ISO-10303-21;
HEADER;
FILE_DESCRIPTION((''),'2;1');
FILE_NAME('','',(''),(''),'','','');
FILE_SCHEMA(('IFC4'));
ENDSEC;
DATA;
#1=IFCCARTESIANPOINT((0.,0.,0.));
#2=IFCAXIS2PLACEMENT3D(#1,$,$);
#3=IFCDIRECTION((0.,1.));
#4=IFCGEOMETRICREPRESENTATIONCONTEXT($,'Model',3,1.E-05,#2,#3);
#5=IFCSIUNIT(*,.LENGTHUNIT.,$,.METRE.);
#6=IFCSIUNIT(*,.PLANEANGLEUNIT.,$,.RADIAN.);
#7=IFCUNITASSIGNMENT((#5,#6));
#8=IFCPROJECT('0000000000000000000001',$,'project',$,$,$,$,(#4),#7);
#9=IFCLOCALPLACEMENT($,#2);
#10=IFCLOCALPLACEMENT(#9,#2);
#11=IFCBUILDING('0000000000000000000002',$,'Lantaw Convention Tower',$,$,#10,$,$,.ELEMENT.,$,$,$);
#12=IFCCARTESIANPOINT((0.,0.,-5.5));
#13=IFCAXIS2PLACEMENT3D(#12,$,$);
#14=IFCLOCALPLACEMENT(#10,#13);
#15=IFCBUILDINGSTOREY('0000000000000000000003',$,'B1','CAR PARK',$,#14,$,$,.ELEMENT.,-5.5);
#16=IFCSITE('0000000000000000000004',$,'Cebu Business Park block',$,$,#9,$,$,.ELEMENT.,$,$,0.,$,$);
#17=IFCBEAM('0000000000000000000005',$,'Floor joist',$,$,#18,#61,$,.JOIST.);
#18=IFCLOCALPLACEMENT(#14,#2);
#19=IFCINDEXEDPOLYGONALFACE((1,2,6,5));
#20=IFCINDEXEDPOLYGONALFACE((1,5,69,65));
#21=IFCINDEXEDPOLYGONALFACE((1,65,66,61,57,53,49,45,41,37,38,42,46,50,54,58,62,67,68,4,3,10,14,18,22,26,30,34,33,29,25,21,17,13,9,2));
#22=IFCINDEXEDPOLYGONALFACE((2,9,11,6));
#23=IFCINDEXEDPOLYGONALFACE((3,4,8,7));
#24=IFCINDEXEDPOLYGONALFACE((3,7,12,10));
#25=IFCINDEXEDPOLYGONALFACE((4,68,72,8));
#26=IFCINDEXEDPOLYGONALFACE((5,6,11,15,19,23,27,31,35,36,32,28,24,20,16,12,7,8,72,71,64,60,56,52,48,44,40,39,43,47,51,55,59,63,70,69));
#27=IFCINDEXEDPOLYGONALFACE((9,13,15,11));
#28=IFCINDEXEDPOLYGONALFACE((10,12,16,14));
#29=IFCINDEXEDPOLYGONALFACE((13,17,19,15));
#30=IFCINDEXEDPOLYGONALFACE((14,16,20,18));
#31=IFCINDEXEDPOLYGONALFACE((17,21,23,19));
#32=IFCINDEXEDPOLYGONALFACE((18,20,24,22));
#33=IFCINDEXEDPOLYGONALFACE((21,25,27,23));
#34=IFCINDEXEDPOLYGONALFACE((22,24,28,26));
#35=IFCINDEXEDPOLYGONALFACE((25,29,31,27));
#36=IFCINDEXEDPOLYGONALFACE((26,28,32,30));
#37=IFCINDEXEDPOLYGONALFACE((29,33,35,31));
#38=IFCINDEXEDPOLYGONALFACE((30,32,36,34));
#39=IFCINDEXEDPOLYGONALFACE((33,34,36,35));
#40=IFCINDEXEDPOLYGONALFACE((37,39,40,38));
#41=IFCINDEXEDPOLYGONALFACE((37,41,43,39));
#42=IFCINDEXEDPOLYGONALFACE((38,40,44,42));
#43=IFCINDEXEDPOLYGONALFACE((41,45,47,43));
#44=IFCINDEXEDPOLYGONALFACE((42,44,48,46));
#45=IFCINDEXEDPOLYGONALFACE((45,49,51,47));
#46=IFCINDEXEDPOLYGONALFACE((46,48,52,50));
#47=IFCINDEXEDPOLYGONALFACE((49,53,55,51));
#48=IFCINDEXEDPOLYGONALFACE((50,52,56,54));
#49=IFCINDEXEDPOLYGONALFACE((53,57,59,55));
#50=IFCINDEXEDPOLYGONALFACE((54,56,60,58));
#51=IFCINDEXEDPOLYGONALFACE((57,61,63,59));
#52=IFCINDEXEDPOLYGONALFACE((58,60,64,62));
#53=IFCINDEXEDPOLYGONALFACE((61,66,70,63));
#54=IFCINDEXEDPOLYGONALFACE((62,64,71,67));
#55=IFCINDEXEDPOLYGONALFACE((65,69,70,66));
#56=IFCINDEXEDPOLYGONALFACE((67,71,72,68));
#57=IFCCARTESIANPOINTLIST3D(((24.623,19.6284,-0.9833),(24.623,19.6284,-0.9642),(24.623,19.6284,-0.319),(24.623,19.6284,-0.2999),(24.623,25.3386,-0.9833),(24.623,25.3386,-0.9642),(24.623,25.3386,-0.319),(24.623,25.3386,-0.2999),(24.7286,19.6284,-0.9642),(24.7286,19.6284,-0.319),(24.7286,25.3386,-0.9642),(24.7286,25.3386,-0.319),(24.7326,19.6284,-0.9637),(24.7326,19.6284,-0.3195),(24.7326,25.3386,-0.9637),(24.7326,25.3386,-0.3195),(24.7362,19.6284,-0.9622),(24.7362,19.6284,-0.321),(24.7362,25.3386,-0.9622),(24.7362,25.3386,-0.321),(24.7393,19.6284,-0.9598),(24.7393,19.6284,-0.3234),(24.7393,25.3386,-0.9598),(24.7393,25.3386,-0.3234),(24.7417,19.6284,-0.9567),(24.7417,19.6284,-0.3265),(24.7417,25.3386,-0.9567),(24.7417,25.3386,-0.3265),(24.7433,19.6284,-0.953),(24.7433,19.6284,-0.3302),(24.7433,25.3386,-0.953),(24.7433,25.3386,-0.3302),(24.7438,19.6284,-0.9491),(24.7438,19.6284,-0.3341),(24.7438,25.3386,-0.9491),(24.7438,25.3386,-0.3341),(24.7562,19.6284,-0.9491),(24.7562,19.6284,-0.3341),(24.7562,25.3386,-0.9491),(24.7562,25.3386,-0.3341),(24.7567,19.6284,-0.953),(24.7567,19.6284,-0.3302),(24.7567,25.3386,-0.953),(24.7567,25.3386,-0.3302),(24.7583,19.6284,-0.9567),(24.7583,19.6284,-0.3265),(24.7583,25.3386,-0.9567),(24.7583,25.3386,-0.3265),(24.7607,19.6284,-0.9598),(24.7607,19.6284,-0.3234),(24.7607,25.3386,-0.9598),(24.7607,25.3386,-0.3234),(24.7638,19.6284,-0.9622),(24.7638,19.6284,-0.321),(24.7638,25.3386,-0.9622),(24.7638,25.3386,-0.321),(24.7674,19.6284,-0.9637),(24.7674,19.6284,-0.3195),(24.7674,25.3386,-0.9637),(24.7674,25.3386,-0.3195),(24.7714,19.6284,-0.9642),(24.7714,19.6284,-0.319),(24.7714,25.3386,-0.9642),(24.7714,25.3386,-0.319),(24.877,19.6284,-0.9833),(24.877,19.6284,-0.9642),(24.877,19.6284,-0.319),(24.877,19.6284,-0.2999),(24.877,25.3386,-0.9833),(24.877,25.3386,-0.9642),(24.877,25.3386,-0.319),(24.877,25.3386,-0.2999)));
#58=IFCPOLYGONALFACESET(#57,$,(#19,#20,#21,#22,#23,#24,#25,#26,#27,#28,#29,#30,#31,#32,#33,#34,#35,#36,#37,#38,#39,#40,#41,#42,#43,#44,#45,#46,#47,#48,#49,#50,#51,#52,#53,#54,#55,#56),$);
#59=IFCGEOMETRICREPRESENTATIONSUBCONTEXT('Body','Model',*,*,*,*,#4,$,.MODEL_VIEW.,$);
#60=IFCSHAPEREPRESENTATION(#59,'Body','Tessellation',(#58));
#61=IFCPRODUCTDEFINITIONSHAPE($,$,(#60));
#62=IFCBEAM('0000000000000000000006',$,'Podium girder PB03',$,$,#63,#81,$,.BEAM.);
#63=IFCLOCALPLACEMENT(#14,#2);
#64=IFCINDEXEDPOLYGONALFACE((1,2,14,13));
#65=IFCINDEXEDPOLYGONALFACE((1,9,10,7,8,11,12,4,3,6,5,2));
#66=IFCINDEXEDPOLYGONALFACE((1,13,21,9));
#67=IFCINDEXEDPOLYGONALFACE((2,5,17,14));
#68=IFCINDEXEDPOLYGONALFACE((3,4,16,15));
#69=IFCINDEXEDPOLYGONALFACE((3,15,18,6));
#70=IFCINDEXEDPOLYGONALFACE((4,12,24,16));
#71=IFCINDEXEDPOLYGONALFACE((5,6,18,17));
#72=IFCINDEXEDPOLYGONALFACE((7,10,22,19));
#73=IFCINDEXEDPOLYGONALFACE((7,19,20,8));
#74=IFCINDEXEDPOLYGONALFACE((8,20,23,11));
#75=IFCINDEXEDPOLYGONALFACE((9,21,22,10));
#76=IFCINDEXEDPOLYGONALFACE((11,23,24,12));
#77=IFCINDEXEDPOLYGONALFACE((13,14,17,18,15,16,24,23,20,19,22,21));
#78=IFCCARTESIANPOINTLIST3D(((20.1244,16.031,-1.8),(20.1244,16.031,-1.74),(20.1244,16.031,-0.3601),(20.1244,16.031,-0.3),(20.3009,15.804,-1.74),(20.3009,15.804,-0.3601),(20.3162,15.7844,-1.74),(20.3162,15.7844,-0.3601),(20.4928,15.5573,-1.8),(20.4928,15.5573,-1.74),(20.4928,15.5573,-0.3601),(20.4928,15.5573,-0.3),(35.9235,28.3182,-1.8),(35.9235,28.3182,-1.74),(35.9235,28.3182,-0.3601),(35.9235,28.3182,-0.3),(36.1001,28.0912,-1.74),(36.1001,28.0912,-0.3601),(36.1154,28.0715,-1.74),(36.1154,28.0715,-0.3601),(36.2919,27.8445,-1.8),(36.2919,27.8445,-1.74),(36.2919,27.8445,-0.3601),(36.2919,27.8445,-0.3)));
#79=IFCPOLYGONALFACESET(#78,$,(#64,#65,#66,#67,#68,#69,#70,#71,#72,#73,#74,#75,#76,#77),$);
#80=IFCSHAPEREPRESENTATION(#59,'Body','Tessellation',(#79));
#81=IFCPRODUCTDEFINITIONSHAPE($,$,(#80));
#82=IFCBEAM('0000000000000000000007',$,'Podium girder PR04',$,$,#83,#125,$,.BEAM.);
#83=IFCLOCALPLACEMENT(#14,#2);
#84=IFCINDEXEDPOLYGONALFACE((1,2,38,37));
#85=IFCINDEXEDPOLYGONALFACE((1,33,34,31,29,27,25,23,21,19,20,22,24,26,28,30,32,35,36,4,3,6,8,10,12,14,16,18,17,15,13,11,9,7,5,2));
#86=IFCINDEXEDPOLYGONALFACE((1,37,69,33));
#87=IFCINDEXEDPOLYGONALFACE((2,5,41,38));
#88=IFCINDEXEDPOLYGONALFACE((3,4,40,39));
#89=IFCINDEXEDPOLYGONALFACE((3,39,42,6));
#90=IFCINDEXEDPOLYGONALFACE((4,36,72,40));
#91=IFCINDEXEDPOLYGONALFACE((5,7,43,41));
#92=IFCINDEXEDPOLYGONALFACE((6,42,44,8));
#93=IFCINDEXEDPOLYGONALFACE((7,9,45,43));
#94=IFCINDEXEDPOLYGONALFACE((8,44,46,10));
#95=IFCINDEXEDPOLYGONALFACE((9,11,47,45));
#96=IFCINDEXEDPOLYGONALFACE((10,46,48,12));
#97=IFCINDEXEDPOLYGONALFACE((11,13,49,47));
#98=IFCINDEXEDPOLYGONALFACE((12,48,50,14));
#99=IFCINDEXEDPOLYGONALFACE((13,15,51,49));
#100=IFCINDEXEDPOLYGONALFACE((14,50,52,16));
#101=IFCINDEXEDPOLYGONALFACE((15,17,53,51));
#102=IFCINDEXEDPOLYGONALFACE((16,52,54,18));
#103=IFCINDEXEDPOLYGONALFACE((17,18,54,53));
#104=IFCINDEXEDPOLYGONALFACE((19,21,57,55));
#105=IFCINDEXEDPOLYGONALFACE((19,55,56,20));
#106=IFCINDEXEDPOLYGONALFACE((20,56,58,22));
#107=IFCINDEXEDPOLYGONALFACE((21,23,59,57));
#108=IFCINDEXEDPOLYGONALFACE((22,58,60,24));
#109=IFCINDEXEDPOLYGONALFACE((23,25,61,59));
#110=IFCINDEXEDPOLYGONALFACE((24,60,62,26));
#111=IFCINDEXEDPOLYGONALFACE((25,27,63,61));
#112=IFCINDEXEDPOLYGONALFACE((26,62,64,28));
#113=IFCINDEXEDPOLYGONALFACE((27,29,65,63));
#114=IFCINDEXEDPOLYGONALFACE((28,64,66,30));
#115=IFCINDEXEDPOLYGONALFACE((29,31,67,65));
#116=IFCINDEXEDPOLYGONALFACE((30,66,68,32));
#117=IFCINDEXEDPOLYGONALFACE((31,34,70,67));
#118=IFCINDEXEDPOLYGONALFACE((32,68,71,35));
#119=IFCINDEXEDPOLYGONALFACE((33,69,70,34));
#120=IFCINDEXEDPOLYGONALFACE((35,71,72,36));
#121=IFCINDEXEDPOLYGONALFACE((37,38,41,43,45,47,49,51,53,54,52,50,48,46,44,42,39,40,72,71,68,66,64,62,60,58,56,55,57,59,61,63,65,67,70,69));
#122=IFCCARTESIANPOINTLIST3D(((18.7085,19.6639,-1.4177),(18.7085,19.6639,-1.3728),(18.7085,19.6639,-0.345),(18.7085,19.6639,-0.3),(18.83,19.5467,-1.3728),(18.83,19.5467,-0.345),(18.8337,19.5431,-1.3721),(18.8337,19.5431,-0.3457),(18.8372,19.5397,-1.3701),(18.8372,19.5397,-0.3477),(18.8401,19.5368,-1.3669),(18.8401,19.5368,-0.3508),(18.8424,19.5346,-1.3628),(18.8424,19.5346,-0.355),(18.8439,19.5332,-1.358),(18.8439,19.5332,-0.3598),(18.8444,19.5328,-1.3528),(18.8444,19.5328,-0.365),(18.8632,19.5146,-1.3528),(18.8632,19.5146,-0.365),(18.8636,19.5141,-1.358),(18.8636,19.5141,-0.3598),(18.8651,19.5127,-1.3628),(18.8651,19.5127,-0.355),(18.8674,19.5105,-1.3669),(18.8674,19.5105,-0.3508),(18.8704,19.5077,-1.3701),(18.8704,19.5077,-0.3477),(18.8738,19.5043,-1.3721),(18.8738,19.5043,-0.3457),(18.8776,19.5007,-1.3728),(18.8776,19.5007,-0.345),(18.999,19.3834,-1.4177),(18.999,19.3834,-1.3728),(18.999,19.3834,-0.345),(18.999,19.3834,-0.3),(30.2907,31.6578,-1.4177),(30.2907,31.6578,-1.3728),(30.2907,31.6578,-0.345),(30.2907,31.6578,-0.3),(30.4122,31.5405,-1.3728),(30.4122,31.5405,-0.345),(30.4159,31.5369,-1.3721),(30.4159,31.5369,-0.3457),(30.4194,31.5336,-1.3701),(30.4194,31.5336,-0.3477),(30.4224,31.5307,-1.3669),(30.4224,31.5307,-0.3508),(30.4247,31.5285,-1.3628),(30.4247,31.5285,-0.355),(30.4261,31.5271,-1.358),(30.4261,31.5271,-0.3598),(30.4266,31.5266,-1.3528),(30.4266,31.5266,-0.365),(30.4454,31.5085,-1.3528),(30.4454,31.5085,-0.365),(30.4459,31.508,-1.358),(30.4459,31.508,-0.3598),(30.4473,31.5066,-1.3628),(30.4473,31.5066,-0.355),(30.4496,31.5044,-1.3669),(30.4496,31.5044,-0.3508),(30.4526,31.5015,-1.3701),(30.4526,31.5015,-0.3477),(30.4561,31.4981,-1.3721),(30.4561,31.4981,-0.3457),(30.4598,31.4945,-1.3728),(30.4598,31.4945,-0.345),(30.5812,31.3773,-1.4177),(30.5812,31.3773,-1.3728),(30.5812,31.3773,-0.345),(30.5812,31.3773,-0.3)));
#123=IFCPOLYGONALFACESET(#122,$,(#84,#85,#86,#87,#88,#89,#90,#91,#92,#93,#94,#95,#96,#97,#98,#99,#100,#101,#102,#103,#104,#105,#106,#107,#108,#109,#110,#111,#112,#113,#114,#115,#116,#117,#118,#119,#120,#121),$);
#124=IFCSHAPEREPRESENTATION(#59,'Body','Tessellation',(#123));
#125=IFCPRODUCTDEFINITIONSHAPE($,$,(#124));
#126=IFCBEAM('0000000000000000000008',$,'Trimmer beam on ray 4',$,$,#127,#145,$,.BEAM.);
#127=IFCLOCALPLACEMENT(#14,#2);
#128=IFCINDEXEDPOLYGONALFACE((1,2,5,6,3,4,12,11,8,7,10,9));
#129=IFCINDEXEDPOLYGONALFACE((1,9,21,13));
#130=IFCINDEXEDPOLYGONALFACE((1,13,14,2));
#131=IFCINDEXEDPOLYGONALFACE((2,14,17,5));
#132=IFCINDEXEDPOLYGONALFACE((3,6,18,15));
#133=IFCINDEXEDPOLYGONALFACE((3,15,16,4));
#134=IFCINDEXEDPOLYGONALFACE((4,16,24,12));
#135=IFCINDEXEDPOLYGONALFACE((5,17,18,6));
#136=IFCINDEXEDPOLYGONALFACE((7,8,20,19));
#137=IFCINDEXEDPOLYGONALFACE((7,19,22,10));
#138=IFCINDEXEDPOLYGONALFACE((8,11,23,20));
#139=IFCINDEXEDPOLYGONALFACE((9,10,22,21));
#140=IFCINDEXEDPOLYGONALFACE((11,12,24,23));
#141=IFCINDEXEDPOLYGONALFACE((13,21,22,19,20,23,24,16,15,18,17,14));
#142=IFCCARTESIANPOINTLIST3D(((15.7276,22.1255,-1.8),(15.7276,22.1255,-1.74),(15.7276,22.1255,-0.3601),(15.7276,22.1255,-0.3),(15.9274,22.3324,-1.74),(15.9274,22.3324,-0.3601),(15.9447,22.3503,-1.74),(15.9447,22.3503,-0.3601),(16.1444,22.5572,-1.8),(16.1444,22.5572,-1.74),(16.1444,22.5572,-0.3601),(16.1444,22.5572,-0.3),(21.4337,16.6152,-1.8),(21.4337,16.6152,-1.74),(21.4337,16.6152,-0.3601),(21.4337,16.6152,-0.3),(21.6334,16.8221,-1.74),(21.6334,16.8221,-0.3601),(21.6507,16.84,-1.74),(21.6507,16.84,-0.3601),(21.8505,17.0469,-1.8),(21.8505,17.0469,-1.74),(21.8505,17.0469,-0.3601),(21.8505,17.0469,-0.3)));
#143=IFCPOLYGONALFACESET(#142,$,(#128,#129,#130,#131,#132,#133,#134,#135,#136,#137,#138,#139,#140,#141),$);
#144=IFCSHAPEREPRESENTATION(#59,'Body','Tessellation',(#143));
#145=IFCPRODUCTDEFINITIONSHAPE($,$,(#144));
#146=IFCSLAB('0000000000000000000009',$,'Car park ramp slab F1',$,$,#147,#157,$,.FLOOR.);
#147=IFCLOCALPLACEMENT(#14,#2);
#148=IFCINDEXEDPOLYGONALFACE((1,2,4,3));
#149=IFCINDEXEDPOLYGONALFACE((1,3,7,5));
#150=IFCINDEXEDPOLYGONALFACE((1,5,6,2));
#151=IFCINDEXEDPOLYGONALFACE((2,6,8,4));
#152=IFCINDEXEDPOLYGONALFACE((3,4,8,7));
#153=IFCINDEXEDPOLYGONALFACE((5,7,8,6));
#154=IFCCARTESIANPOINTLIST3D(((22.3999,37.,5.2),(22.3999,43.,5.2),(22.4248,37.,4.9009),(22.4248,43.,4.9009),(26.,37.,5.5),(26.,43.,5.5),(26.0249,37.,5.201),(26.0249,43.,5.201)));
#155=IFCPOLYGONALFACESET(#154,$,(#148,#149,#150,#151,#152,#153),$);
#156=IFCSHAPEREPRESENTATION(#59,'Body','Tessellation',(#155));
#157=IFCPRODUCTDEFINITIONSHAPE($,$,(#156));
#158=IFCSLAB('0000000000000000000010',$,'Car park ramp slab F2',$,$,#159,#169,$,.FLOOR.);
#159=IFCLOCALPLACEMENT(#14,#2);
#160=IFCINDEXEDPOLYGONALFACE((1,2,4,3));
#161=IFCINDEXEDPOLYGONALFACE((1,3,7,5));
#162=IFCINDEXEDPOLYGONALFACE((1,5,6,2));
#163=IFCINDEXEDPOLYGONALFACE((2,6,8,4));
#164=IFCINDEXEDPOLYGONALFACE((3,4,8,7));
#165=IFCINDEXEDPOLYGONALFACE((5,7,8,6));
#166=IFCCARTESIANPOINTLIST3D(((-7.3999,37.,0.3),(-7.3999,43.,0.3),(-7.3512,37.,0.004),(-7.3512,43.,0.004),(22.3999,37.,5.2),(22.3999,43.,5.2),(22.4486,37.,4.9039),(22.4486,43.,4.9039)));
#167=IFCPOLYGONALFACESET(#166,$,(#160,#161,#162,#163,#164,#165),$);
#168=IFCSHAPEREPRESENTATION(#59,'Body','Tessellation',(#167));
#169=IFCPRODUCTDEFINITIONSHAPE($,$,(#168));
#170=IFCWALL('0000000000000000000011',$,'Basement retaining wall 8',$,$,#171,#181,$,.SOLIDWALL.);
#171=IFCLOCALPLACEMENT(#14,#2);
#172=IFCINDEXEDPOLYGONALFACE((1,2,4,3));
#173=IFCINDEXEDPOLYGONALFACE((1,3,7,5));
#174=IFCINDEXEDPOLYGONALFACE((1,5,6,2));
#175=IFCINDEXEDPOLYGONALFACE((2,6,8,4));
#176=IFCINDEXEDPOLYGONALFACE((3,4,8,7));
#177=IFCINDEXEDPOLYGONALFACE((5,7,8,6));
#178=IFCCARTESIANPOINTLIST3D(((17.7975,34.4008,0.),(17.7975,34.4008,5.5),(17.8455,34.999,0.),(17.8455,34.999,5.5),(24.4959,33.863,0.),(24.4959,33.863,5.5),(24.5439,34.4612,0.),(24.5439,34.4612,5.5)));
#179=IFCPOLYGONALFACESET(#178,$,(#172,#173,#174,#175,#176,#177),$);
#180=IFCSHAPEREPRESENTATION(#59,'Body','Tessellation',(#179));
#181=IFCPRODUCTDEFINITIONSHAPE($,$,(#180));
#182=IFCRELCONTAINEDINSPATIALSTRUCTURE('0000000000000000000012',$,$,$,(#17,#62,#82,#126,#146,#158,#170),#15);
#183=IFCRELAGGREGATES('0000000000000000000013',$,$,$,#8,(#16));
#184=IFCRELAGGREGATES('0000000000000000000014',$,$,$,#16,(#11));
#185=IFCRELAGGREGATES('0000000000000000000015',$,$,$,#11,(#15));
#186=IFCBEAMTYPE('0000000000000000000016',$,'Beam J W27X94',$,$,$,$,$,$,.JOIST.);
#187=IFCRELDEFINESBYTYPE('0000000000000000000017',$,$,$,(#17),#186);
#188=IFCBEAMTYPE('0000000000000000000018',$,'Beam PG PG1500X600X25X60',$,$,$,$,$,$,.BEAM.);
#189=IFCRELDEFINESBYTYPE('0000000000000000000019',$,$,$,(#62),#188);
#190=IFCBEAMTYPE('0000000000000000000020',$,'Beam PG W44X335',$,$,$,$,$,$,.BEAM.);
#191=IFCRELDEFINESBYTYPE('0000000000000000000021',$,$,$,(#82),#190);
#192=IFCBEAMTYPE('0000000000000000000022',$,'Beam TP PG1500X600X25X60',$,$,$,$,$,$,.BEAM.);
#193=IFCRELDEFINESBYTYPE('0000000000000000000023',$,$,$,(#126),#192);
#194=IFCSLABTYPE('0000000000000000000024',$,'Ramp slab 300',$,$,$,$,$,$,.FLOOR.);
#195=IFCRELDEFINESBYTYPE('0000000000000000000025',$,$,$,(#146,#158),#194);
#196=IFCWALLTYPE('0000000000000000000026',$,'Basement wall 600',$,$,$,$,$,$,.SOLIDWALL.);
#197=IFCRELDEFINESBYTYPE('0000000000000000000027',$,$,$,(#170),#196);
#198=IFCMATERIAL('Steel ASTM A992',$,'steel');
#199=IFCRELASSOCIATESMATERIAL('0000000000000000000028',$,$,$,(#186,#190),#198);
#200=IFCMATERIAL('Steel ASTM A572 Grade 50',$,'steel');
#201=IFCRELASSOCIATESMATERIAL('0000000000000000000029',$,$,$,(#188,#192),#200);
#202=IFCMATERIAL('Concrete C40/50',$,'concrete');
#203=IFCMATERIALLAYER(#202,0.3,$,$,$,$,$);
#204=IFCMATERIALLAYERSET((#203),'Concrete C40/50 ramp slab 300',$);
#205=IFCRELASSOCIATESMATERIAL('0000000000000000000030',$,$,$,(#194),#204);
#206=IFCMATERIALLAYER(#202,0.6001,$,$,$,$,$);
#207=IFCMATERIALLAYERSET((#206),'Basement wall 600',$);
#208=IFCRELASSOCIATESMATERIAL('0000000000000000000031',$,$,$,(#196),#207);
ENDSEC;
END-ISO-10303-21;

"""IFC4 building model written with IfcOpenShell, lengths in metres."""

from ifc_helpers import new_model, si_unit, direction, frame, frame_2d, origin, origin_2d, place, context, subcontext, project, spatial, polyline, rectangle, i_section, outline, extrude, material, layer, layer_set, material_profile, profile_set, type_object, element, save


model = new_model("IFC4")

# Units and contexts
model_context = context("Model", 3, precision=1e-05, world=origin(), true_north=direction((0.0, 1.0)))
body_context = subcontext(model_context, "Body", "Model", "MODEL_VIEW")
ifc_project = project(units=[si_unit("LENGTHUNIT", "METRE"), si_unit("PLANEANGLEUNIT", "RADIAN")], contexts=[model_context])

# Site, building, storey
site_placement = place(None, origin())
site = spatial("IfcSite", under=ifc_project, at=site_placement, Name="Cebu Business Park block", CompositionType="ELEMENT", RefElevation=0.0)
building_placement = place(site_placement, origin())
building = spatial("IfcBuilding", under=site, at=building_placement, Name="Lantaw Convention Tower", CompositionType="ELEMENT")
storey_placement = place(building_placement, frame((0.0, 0.0, -5.5)))
storey = spatial("IfcBuildingStorey", under=building, at=storey_placement, Name="B1", Description="CAR PARK", CompositionType="ELEMENT", Elevation=-5.5)

# Shared definitions
ifc_material_1 = material(Name="Steel ASTM A572 Grade 50", Category="steel")

# Beams
ifc_material_2 = material(Name="Steel ASTM A992", Category="steel")
ifc_material_profile_1 = material_profile(ifc_material_2, i_section(OverallWidth=0.2539, OverallDepth=0.6833, WebThickness=0.0125, FlangeThickness=0.019, FilletRadius=0.0151, at=origin_2d()), Name="W27X94")
ifc_profile_set_1 = profile_set([ifc_material_profile_1], Name="Steel ASTM A992")
beam_type_1 = type_object("IfcBeamType", Name="Beam J W27X94", PredefinedType="JOIST", material=ifc_profile_set_1)
beam_1_placement = place(storey_placement, frame((24.75, 19.6284, -0.6416), z_axis=(0.0, 1.0, 0.0), x_axis=(-1.0, 0.0, 0.0)))
element("IfcBeam", 1, at=beam_1_placement, inside=storey, type_object=beam_type_1, Name="Floor joist", PredefinedType="JOIST", context=body_context, shape_type="SweptSolid", body=[
    extrude(i_section(OverallWidth=0.2539, OverallDepth=0.6833, WebThickness=0.0125, FlangeThickness=0.019, FilletRadius=0.0151, at=origin_2d()), origin(), (0.0, 0.0, 1.0), 5.7102),
])
ifc_material_profile_2 = material_profile(ifc_material_1, i_section(OverallWidth=0.6001, OverallDepth=1.5, WebThickness=0.0249, FlangeThickness=0.0601, at=origin_2d()), Name="PG1500X600X25X60")
ifc_profile_set_2 = profile_set([ifc_material_profile_2], Name="Steel ASTM A572 Grade 50")
beam_type_2 = type_object("IfcBeamType", Name="Beam PG PG1500X600X25X60", PredefinedType="BEAM", material=ifc_profile_set_2)
beam_2_placement = place(storey_placement, frame((20.3086, 15.7942, -1.05), z_axis=(0.789378, 0.613908, 0.0), x_axis=(-0.613908, 0.789378, 0.0)))
element("IfcBeam", 2, at=beam_2_placement, inside=storey, type_object=beam_type_2, Name="Podium girder PB03", PredefinedType="BEAM", context=body_context, shape_type="SweptSolid", body=[
    extrude(i_section(OverallWidth=0.6001, OverallDepth=1.5, WebThickness=0.0249, FlangeThickness=0.0601, at=origin_2d()), origin(), (0.0, 0.0, 1.0), 20.0146),
])
ifc_material_profile_3 = material_profile(ifc_material_2, i_section(OverallWidth=0.4038, OverallDepth=1.1177, WebThickness=0.0261, FlangeThickness=0.0449, FilletRadius=0.02, at=origin_2d()), Name="W44X335")
ifc_profile_set_3 = profile_set([ifc_material_profile_3], Name="Steel ASTM A992")
beam_type_3 = type_object("IfcBeamType", Name="Beam PG W44X335", PredefinedType="BEAM", material=ifc_profile_set_3)
beam_3_placement = place(storey_placement, frame((18.8538, 19.5237, -0.8589), z_axis=(0.694655, 0.719343, 0.0), x_axis=(-0.719343, 0.694655, 0.0)))
element("IfcBeam", 3, at=beam_3_placement, inside=storey, type_object=beam_type_3, Name="Podium girder PR04", PredefinedType="BEAM", context=body_context, shape_type="SweptSolid", body=[
    extrude(i_section(OverallWidth=0.4038, OverallDepth=1.1177, WebThickness=0.0261, FlangeThickness=0.0449, FilletRadius=0.02, at=origin_2d()), origin(), (0.0, 0.0, 1.0), 16.6733),
])
ifc_material_profile_4 = material_profile(ifc_material_1, i_section(OverallWidth=0.6001, OverallDepth=1.5, WebThickness=0.0249, FlangeThickness=0.0601, at=origin_2d()), Name="PG1500X600X25X60")
ifc_profile_set_4 = profile_set([ifc_material_profile_4], Name="Steel ASTM A572 Grade 50")
beam_type_4 = type_object("IfcBeamType", Name="Beam TP PG1500X600X25X60", PredefinedType="BEAM", material=ifc_profile_set_4)
beam_4_placement = place(storey_placement, frame((21.6421, 16.8311, -1.05), z_axis=(-0.719341, 0.694657, 0.0), x_axis=(-0.694657, -0.719341, 0.0)))
element("IfcBeam", 4, at=beam_4_placement, inside=storey, type_object=beam_type_4, Name="Trimmer beam on ray 4", PredefinedType="BEAM", context=body_context, shape_type="SweptSolid", body=[
    extrude(i_section(OverallWidth=0.6001, OverallDepth=1.5, WebThickness=0.0249, FlangeThickness=0.0601, at=origin_2d()), origin(), (0.0, 0.0, 1.0), 7.9324),
])

# Slabs
ifc_material_3 = material(Name="Concrete C40/50", Category="concrete")
ifc_layer_1 = layer(ifc_material_3, 0.3)
ifc_layer_set_1 = layer_set([ifc_layer_1], Name="Concrete C40/50 ramp slab 300")
slab_type = type_object("IfcSlabType", Name="Ramp slab 300", PredefinedType="FLOOR", material=ifc_layer_set_1)
slab_1_placement = place(storey_placement, frame((26.0, 37.0, 5.5), z_axis=(-0.083057, 0.0, 0.996545), x_axis=(-0.996545, 0.0, -0.083057)))
element("IfcSlab", 5, at=slab_1_placement, inside=storey, type_object=slab_type, Name="Car park ramp slab F1", PredefinedType="FLOOR", context=body_context, shape_type="SweptSolid", body=[
    extrude(outline(polyline([(0.0, 0.0), (3.6126, 0.0), (3.6126, -6.0), (0.0, -6.0), (0.0, 0.0)])), origin(), (0.0, 0.0, -1.0), 0.3),
])
slab_2_placement = place(storey_placement, frame((22.3999, 37.0, 5.2), z_axis=(-0.162249, 0.0, 0.98675), x_axis=(-0.98675, 0.0, -0.162249)))
element("IfcSlab", 6, at=slab_2_placement, inside=storey, type_object=slab_type, Name="Car park ramp slab F2", PredefinedType="FLOOR", context=body_context, shape_type="SweptSolid", body=[
    extrude(outline(polyline([(0.0, 0.0), (30.2, 0.0), (30.2, -6.0), (0.0, -6.0), (0.0, 0.0)])), origin(), (0.0, 0.0, -1.0), 0.3),
])

# Wall
ifc_layer_2 = layer(ifc_material_3, 0.6001)
ifc_layer_set_2 = layer_set([ifc_layer_2], Name="Basement wall 600")
wall_type_1 = type_object("IfcWallType", Name="Basement wall 600", PredefinedType="SOLIDWALL", material=ifc_layer_set_2)
wall_1_placement = place(storey_placement, frame((24.5198, 34.1621, 0.0), z_axis=(0.0, 0.0, 1.0), x_axis=(-0.996792, 0.080035, 0.0)))
element("IfcWall", 7, at=wall_1_placement, inside=storey, type_object=wall_type_1, Name="Basement retaining wall 8", PredefinedType="SOLIDWALL", context=body_context, shape_type="SweptSolid", body=[
    extrude(rectangle(XDim=6.72, YDim=0.6001, at=frame_2d((3.3599, 0.0))), origin(), (0.0, 0.0, 1.0), 5.5),
])

save(model, "model.ifc")
